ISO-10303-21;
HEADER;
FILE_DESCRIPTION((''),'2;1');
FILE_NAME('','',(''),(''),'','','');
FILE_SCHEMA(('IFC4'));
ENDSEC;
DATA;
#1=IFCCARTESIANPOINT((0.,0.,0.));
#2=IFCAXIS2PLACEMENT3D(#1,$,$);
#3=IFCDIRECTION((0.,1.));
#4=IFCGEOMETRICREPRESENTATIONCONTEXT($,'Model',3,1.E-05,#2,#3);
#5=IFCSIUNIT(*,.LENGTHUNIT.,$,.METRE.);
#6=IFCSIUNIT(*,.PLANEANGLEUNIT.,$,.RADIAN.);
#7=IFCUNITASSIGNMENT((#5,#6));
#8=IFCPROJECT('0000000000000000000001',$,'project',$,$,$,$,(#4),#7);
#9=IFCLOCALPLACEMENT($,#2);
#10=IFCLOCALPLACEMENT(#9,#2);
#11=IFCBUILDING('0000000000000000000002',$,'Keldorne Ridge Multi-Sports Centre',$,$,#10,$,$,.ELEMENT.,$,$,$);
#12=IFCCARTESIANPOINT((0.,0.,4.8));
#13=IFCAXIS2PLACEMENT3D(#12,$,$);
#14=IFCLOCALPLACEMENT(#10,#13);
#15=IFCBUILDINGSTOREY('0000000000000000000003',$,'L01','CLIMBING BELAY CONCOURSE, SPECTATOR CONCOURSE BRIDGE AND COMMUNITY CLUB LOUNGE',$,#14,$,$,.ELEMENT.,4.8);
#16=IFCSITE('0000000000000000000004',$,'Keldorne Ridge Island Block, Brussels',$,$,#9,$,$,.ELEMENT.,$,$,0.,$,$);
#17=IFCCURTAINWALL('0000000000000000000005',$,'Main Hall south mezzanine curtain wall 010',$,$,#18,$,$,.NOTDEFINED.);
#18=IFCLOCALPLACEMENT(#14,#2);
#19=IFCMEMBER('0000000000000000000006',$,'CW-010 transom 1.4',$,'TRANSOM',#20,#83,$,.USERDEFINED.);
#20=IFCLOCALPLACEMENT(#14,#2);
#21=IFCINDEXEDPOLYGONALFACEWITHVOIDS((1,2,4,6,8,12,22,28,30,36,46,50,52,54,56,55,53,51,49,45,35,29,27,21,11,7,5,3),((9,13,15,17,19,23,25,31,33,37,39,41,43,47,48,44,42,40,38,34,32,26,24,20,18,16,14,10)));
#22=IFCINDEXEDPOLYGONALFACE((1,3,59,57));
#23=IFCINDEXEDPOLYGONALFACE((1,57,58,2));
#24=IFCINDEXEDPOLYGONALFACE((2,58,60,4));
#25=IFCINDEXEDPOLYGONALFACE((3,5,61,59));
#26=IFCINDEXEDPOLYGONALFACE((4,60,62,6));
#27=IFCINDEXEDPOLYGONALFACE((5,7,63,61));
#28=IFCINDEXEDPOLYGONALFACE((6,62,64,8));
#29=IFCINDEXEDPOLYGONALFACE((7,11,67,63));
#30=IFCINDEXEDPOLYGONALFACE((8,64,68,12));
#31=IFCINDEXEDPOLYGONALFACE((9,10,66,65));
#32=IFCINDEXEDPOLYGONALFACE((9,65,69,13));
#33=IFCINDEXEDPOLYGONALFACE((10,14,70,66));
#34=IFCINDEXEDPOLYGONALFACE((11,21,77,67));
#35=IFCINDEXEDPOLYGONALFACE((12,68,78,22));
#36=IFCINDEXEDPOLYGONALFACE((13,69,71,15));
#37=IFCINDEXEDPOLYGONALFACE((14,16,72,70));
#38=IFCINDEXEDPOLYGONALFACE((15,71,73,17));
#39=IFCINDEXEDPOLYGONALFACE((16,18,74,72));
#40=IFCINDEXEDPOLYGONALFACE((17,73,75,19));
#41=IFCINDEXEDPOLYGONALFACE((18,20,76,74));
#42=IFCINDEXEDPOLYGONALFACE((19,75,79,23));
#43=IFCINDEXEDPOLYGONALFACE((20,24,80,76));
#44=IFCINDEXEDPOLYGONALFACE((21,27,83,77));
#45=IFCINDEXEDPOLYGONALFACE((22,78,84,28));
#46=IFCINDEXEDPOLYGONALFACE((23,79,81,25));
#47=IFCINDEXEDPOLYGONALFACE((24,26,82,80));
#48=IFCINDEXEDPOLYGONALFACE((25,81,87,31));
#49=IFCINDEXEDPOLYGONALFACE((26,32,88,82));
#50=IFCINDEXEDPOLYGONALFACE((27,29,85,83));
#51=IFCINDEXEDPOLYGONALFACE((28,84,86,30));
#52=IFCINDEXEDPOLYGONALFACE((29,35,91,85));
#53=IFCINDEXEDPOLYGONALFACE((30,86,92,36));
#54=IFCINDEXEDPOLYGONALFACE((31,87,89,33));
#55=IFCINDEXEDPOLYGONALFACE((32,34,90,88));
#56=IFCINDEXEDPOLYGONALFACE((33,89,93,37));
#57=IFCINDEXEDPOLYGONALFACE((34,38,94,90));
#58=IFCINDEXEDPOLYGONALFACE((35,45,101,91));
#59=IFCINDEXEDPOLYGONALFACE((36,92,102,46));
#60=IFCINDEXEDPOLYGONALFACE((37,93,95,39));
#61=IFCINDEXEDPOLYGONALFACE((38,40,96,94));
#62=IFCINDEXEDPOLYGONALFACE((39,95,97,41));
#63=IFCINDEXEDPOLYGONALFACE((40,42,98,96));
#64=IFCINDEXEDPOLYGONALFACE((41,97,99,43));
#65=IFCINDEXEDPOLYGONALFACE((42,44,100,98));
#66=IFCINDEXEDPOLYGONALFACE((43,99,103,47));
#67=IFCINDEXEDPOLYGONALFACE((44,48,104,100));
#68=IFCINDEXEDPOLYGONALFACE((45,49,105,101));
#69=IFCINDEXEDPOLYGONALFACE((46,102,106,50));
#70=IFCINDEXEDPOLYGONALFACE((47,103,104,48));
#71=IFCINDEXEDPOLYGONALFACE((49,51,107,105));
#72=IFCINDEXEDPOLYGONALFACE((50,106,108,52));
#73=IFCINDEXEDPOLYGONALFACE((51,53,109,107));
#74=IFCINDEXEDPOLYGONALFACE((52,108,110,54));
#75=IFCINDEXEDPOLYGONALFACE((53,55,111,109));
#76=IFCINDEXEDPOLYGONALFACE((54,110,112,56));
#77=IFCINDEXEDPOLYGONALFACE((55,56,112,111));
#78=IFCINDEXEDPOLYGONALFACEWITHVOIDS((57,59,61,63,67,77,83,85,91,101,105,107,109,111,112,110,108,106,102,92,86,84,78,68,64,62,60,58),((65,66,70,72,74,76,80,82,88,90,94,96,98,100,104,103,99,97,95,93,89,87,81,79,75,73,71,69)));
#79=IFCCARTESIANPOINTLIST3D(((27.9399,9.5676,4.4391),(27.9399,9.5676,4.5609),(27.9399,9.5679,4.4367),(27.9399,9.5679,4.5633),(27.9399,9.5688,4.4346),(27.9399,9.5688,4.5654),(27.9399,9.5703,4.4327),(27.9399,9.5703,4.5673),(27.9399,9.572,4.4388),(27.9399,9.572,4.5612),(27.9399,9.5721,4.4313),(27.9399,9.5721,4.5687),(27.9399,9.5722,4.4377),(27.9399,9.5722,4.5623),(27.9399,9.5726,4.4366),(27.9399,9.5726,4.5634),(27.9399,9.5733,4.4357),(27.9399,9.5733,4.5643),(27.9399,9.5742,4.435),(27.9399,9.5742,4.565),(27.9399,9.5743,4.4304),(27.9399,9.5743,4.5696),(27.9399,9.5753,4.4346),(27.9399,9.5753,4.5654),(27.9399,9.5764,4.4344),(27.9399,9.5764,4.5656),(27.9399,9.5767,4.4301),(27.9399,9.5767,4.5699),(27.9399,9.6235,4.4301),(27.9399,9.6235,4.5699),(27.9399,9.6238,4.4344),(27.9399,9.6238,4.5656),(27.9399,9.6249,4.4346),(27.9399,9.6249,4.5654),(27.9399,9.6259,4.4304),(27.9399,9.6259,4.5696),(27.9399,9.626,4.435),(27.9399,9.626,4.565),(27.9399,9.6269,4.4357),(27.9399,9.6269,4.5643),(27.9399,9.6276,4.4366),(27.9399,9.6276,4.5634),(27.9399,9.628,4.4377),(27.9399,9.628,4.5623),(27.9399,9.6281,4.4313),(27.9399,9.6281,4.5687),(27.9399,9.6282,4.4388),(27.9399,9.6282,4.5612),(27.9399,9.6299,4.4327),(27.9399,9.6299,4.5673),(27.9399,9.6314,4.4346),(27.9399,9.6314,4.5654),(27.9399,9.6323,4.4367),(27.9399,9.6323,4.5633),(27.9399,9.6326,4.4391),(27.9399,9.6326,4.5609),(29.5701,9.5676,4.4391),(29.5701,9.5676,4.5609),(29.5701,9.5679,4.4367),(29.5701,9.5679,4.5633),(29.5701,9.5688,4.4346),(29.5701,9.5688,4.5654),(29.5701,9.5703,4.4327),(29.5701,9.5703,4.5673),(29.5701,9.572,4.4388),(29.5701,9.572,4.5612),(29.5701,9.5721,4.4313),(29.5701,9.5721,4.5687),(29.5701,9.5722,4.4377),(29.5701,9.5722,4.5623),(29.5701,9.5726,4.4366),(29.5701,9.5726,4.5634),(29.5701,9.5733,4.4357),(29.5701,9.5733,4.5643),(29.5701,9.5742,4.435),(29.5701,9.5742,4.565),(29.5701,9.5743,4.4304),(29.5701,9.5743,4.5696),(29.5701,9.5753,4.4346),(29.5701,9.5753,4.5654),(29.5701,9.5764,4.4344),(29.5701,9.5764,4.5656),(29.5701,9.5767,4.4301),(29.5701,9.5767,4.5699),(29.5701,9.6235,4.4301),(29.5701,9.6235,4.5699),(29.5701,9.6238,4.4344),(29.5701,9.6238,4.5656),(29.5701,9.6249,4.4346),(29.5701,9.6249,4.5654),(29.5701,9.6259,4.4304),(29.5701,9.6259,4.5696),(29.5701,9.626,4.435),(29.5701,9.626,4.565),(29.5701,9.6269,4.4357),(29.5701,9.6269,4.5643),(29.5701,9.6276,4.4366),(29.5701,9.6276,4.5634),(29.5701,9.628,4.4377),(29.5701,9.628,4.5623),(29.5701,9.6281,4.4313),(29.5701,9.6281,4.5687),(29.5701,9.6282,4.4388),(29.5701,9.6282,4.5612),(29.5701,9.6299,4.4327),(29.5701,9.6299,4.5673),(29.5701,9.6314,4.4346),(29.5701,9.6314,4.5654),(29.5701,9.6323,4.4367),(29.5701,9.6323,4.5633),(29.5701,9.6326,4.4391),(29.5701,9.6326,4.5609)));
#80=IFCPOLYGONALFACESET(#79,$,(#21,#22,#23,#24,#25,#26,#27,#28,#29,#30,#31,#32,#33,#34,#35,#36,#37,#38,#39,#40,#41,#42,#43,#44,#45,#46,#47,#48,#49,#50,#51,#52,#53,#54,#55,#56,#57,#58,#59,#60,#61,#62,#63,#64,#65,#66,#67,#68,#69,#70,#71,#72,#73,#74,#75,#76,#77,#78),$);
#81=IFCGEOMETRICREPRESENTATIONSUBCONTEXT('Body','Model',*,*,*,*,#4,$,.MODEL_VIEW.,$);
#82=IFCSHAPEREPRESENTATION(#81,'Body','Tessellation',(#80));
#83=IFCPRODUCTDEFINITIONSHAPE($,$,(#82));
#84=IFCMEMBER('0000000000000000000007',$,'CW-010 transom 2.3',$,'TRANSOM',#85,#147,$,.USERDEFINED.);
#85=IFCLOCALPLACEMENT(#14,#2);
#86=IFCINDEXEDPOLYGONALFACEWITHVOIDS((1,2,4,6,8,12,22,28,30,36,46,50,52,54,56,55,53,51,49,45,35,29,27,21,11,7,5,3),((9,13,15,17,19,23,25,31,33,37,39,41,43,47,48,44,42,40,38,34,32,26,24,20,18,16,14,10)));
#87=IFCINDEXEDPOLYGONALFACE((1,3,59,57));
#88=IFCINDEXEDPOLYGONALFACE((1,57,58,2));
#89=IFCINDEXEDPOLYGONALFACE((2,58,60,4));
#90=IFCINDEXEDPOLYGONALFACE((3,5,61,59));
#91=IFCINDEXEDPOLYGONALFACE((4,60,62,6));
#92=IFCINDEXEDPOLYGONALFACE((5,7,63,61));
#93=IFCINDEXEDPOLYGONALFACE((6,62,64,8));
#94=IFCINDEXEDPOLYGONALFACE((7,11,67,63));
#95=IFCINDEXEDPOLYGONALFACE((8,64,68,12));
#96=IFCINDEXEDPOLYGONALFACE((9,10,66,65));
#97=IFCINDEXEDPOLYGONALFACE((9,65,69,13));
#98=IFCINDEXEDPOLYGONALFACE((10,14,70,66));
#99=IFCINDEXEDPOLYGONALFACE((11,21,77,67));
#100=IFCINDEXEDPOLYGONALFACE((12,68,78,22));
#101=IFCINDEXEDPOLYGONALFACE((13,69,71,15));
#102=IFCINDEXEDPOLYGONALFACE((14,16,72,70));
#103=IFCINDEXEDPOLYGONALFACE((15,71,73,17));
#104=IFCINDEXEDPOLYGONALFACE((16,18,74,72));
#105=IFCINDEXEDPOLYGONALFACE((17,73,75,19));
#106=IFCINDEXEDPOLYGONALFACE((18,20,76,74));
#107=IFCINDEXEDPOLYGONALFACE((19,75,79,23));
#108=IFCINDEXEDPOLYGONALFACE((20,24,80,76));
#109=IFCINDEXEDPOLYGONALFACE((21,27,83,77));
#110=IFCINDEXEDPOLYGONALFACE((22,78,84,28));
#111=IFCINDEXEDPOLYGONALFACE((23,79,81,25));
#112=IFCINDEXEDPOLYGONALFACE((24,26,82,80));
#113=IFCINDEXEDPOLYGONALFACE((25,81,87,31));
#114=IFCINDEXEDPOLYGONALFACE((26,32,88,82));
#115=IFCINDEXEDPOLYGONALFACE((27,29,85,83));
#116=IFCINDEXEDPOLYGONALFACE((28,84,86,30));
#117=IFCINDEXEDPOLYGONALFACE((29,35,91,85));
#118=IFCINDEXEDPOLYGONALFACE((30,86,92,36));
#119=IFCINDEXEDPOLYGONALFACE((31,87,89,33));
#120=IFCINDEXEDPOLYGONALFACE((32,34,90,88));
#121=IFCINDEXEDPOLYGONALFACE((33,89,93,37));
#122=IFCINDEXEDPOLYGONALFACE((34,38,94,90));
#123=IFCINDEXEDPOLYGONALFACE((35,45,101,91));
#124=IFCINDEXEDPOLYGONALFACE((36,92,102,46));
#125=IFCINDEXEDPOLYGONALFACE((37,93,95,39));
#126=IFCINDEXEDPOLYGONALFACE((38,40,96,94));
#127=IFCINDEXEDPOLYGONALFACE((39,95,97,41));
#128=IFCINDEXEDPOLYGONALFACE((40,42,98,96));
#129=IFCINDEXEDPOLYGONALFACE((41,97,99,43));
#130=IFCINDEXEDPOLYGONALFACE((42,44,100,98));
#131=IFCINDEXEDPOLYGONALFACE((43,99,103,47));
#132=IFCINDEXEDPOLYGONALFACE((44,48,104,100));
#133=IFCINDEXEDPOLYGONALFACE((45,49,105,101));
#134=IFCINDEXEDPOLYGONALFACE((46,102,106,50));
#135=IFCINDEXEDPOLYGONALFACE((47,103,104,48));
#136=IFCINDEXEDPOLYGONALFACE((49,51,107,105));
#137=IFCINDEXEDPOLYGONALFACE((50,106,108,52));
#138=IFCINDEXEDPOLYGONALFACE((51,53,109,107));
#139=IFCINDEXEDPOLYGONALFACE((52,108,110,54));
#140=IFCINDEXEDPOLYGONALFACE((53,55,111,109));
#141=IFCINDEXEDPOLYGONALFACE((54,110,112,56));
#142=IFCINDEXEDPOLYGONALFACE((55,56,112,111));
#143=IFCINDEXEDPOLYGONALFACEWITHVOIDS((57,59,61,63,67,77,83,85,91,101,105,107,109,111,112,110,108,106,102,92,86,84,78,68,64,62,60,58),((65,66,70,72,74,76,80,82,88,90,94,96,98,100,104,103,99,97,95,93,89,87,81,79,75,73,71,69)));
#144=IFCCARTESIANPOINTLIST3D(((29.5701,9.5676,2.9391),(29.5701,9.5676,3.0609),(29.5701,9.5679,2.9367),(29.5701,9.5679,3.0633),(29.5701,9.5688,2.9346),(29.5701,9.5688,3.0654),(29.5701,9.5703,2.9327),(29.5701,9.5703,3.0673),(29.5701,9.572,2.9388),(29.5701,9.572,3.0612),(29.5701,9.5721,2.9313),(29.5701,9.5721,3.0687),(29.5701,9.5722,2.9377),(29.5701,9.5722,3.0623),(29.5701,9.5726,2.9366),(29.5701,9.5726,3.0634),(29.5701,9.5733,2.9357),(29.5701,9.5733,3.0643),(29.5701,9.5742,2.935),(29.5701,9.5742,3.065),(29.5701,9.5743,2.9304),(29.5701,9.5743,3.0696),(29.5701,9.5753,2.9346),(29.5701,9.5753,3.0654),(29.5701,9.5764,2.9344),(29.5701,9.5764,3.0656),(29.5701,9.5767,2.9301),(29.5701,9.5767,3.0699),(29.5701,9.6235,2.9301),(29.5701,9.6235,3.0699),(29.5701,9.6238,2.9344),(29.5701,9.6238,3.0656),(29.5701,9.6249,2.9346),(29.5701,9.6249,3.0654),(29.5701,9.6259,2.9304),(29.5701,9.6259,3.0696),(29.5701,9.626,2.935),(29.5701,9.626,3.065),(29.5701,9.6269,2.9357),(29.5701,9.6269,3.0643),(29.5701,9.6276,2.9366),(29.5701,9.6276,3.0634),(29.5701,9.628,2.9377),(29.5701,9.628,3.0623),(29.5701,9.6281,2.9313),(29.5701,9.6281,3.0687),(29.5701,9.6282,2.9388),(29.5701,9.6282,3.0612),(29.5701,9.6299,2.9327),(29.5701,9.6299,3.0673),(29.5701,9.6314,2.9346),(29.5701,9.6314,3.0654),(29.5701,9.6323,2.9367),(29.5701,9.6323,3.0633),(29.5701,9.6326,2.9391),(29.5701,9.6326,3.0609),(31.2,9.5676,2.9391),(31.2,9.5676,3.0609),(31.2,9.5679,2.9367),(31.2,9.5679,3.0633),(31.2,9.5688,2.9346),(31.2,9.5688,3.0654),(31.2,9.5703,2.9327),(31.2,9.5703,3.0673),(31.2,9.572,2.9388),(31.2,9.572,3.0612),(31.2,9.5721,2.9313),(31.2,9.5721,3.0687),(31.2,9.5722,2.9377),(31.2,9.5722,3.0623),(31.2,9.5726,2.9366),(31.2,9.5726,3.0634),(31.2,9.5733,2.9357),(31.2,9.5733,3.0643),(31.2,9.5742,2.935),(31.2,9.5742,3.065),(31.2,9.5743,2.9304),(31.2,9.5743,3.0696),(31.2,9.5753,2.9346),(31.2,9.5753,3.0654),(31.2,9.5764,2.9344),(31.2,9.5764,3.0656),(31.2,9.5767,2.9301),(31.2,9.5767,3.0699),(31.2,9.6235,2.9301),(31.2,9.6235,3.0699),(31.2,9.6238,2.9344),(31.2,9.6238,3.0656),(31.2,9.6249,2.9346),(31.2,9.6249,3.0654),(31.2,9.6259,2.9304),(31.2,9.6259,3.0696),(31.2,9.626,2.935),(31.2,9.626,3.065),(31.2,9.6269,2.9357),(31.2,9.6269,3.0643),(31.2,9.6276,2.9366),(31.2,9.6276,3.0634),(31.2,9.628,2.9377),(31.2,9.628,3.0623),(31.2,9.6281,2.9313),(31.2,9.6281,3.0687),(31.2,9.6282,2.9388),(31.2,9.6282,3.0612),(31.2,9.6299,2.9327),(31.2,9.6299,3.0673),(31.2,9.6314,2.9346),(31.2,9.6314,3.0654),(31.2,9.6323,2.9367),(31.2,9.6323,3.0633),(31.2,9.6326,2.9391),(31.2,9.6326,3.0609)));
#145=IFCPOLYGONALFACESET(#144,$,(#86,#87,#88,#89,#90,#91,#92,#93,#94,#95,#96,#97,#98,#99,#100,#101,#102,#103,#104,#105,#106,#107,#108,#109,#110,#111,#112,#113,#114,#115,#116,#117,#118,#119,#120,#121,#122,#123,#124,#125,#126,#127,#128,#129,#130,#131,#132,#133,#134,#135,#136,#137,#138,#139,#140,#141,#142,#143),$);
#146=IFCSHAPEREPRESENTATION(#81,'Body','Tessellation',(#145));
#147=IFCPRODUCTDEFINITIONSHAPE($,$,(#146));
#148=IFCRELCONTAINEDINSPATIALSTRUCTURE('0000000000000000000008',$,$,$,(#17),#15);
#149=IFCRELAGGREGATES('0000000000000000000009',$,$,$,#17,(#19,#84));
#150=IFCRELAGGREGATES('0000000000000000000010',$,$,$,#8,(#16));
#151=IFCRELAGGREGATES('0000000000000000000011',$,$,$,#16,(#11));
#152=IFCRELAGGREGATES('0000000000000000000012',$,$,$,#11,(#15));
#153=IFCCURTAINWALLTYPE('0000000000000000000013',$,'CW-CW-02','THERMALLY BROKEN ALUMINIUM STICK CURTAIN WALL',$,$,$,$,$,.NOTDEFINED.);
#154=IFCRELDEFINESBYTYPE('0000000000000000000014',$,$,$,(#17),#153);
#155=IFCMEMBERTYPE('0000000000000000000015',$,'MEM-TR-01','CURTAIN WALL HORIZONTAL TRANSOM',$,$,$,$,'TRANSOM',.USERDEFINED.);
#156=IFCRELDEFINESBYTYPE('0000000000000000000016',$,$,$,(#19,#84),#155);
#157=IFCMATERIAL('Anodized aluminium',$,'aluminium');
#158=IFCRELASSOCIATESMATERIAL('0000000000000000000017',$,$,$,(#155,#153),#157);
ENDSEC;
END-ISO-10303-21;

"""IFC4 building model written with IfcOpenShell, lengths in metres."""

from ifc_helpers import new_model, si_unit, direction, frame, origin, origin_2d, place, context, subcontext, project, spatial, hollow_rectangle, extrude, material, material_profile, profile_set, type_object, element, aggregate, save


model = new_model("IFC4")

# Units and contexts
model_context = context("Model", 3, precision=1e-05, world=origin(), true_north=direction((0.0, 1.0)))
body_context = subcontext(model_context, "Body", "Model", "MODEL_VIEW")
ifc_project = project(units=[si_unit("LENGTHUNIT", "METRE"), si_unit("PLANEANGLEUNIT", "RADIAN")], contexts=[model_context])

# Site, building, storey
site_placement = place(None, origin())
site = spatial("IfcSite", under=ifc_project, at=site_placement, Name="Keldorne Ridge Island Block, Brussels", CompositionType="ELEMENT", RefElevation=0.0)
building_placement = place(site_placement, origin())
building = spatial("IfcBuilding", under=site, at=building_placement, Name="Keldorne Ridge Multi-Sports Centre", CompositionType="ELEMENT")
storey_placement = place(building_placement, frame((0.0, 0.0, 4.8)))
storey = spatial("IfcBuildingStorey", under=building, at=storey_placement, Name="L01", Description="CLIMBING BELAY CONCOURSE, SPECTATOR CONCOURSE BRIDGE AND COMMUNITY CLUB LOUNGE", CompositionType="ELEMENT", Elevation=4.8)

# Curtain wall, members
ifc_material_1 = material(Name="Anodized aluminium", Category="aluminium")
ifc_material_profile_1 = material_profile(ifc_material_1, hollow_rectangle(XDim=0.0649, YDim=0.1399, WallThickness=0.0044, InnerFilletRadius=0.0044, OuterFilletRadius=0.009, at=origin_2d()), Name="ALU TRANSOM 140x65x4.5")
ifc_profile_set_1 = profile_set([ifc_material_profile_1], Name="Anodized aluminium")
member_type = type_object("IfcMemberType", Name="MEM-TR-01", Description="CURTAIN WALL HORIZONTAL TRANSOM", ElementType="TRANSOM", PredefinedType="USERDEFINED", material=ifc_profile_set_1)
curtain_wall_type_1 = type_object("IfcCurtainWallType", Name="CW-CW-02", Description="THERMALLY BROKEN ALUMINIUM STICK CURTAIN WALL", PredefinedType="NOTDEFINED", material=ifc_material_1)
curtain_wall_1_placement = place(storey_placement, origin())
curtain_wall_1 = element("IfcCurtainWall", 1, at=curtain_wall_1_placement, inside=storey, type_object=curtain_wall_type_1, Name="Main Hall south mezzanine curtain wall 010", PredefinedType="NOTDEFINED")
member_1_placement = place(storey_placement, frame((27.9399, 9.6001, 4.5), z_axis=(1.0, 0.0, 0.0), x_axis=(0.0, 1.0, 0.0)))
member_1 = element("IfcMember", 2, at=member_1_placement, type_object=member_type, Name="CW-010 transom 1.4", ObjectType="TRANSOM", PredefinedType="USERDEFINED", context=body_context, shape_type="SweptSolid", body=[
    extrude(hollow_rectangle(XDim=0.0649, YDim=0.1399, WallThickness=0.0044, InnerFilletRadius=0.0044, OuterFilletRadius=0.009, at=origin_2d()), origin(), (0.0, 0.0, 1.0), 1.6301),
])
member_2_placement = place(storey_placement, frame((29.5701, 9.6001, 3.0), z_axis=(1.0, 0.0, 0.0), x_axis=(0.0, 1.0, 0.0)))
member_2 = element("IfcMember", 3, at=member_2_placement, type_object=member_type, Name="CW-010 transom 2.3", ObjectType="TRANSOM", PredefinedType="USERDEFINED", context=body_context, shape_type="SweptSolid", body=[
    extrude(hollow_rectangle(XDim=0.0649, YDim=0.1399, WallThickness=0.0044, InnerFilletRadius=0.0044, OuterFilletRadius=0.009, at=origin_2d()), origin(), (0.0, 0.0, 1.0), 1.6299),
])

aggregate(curtain_wall_1, [member_1, member_2])

save(model, "model.ifc")
